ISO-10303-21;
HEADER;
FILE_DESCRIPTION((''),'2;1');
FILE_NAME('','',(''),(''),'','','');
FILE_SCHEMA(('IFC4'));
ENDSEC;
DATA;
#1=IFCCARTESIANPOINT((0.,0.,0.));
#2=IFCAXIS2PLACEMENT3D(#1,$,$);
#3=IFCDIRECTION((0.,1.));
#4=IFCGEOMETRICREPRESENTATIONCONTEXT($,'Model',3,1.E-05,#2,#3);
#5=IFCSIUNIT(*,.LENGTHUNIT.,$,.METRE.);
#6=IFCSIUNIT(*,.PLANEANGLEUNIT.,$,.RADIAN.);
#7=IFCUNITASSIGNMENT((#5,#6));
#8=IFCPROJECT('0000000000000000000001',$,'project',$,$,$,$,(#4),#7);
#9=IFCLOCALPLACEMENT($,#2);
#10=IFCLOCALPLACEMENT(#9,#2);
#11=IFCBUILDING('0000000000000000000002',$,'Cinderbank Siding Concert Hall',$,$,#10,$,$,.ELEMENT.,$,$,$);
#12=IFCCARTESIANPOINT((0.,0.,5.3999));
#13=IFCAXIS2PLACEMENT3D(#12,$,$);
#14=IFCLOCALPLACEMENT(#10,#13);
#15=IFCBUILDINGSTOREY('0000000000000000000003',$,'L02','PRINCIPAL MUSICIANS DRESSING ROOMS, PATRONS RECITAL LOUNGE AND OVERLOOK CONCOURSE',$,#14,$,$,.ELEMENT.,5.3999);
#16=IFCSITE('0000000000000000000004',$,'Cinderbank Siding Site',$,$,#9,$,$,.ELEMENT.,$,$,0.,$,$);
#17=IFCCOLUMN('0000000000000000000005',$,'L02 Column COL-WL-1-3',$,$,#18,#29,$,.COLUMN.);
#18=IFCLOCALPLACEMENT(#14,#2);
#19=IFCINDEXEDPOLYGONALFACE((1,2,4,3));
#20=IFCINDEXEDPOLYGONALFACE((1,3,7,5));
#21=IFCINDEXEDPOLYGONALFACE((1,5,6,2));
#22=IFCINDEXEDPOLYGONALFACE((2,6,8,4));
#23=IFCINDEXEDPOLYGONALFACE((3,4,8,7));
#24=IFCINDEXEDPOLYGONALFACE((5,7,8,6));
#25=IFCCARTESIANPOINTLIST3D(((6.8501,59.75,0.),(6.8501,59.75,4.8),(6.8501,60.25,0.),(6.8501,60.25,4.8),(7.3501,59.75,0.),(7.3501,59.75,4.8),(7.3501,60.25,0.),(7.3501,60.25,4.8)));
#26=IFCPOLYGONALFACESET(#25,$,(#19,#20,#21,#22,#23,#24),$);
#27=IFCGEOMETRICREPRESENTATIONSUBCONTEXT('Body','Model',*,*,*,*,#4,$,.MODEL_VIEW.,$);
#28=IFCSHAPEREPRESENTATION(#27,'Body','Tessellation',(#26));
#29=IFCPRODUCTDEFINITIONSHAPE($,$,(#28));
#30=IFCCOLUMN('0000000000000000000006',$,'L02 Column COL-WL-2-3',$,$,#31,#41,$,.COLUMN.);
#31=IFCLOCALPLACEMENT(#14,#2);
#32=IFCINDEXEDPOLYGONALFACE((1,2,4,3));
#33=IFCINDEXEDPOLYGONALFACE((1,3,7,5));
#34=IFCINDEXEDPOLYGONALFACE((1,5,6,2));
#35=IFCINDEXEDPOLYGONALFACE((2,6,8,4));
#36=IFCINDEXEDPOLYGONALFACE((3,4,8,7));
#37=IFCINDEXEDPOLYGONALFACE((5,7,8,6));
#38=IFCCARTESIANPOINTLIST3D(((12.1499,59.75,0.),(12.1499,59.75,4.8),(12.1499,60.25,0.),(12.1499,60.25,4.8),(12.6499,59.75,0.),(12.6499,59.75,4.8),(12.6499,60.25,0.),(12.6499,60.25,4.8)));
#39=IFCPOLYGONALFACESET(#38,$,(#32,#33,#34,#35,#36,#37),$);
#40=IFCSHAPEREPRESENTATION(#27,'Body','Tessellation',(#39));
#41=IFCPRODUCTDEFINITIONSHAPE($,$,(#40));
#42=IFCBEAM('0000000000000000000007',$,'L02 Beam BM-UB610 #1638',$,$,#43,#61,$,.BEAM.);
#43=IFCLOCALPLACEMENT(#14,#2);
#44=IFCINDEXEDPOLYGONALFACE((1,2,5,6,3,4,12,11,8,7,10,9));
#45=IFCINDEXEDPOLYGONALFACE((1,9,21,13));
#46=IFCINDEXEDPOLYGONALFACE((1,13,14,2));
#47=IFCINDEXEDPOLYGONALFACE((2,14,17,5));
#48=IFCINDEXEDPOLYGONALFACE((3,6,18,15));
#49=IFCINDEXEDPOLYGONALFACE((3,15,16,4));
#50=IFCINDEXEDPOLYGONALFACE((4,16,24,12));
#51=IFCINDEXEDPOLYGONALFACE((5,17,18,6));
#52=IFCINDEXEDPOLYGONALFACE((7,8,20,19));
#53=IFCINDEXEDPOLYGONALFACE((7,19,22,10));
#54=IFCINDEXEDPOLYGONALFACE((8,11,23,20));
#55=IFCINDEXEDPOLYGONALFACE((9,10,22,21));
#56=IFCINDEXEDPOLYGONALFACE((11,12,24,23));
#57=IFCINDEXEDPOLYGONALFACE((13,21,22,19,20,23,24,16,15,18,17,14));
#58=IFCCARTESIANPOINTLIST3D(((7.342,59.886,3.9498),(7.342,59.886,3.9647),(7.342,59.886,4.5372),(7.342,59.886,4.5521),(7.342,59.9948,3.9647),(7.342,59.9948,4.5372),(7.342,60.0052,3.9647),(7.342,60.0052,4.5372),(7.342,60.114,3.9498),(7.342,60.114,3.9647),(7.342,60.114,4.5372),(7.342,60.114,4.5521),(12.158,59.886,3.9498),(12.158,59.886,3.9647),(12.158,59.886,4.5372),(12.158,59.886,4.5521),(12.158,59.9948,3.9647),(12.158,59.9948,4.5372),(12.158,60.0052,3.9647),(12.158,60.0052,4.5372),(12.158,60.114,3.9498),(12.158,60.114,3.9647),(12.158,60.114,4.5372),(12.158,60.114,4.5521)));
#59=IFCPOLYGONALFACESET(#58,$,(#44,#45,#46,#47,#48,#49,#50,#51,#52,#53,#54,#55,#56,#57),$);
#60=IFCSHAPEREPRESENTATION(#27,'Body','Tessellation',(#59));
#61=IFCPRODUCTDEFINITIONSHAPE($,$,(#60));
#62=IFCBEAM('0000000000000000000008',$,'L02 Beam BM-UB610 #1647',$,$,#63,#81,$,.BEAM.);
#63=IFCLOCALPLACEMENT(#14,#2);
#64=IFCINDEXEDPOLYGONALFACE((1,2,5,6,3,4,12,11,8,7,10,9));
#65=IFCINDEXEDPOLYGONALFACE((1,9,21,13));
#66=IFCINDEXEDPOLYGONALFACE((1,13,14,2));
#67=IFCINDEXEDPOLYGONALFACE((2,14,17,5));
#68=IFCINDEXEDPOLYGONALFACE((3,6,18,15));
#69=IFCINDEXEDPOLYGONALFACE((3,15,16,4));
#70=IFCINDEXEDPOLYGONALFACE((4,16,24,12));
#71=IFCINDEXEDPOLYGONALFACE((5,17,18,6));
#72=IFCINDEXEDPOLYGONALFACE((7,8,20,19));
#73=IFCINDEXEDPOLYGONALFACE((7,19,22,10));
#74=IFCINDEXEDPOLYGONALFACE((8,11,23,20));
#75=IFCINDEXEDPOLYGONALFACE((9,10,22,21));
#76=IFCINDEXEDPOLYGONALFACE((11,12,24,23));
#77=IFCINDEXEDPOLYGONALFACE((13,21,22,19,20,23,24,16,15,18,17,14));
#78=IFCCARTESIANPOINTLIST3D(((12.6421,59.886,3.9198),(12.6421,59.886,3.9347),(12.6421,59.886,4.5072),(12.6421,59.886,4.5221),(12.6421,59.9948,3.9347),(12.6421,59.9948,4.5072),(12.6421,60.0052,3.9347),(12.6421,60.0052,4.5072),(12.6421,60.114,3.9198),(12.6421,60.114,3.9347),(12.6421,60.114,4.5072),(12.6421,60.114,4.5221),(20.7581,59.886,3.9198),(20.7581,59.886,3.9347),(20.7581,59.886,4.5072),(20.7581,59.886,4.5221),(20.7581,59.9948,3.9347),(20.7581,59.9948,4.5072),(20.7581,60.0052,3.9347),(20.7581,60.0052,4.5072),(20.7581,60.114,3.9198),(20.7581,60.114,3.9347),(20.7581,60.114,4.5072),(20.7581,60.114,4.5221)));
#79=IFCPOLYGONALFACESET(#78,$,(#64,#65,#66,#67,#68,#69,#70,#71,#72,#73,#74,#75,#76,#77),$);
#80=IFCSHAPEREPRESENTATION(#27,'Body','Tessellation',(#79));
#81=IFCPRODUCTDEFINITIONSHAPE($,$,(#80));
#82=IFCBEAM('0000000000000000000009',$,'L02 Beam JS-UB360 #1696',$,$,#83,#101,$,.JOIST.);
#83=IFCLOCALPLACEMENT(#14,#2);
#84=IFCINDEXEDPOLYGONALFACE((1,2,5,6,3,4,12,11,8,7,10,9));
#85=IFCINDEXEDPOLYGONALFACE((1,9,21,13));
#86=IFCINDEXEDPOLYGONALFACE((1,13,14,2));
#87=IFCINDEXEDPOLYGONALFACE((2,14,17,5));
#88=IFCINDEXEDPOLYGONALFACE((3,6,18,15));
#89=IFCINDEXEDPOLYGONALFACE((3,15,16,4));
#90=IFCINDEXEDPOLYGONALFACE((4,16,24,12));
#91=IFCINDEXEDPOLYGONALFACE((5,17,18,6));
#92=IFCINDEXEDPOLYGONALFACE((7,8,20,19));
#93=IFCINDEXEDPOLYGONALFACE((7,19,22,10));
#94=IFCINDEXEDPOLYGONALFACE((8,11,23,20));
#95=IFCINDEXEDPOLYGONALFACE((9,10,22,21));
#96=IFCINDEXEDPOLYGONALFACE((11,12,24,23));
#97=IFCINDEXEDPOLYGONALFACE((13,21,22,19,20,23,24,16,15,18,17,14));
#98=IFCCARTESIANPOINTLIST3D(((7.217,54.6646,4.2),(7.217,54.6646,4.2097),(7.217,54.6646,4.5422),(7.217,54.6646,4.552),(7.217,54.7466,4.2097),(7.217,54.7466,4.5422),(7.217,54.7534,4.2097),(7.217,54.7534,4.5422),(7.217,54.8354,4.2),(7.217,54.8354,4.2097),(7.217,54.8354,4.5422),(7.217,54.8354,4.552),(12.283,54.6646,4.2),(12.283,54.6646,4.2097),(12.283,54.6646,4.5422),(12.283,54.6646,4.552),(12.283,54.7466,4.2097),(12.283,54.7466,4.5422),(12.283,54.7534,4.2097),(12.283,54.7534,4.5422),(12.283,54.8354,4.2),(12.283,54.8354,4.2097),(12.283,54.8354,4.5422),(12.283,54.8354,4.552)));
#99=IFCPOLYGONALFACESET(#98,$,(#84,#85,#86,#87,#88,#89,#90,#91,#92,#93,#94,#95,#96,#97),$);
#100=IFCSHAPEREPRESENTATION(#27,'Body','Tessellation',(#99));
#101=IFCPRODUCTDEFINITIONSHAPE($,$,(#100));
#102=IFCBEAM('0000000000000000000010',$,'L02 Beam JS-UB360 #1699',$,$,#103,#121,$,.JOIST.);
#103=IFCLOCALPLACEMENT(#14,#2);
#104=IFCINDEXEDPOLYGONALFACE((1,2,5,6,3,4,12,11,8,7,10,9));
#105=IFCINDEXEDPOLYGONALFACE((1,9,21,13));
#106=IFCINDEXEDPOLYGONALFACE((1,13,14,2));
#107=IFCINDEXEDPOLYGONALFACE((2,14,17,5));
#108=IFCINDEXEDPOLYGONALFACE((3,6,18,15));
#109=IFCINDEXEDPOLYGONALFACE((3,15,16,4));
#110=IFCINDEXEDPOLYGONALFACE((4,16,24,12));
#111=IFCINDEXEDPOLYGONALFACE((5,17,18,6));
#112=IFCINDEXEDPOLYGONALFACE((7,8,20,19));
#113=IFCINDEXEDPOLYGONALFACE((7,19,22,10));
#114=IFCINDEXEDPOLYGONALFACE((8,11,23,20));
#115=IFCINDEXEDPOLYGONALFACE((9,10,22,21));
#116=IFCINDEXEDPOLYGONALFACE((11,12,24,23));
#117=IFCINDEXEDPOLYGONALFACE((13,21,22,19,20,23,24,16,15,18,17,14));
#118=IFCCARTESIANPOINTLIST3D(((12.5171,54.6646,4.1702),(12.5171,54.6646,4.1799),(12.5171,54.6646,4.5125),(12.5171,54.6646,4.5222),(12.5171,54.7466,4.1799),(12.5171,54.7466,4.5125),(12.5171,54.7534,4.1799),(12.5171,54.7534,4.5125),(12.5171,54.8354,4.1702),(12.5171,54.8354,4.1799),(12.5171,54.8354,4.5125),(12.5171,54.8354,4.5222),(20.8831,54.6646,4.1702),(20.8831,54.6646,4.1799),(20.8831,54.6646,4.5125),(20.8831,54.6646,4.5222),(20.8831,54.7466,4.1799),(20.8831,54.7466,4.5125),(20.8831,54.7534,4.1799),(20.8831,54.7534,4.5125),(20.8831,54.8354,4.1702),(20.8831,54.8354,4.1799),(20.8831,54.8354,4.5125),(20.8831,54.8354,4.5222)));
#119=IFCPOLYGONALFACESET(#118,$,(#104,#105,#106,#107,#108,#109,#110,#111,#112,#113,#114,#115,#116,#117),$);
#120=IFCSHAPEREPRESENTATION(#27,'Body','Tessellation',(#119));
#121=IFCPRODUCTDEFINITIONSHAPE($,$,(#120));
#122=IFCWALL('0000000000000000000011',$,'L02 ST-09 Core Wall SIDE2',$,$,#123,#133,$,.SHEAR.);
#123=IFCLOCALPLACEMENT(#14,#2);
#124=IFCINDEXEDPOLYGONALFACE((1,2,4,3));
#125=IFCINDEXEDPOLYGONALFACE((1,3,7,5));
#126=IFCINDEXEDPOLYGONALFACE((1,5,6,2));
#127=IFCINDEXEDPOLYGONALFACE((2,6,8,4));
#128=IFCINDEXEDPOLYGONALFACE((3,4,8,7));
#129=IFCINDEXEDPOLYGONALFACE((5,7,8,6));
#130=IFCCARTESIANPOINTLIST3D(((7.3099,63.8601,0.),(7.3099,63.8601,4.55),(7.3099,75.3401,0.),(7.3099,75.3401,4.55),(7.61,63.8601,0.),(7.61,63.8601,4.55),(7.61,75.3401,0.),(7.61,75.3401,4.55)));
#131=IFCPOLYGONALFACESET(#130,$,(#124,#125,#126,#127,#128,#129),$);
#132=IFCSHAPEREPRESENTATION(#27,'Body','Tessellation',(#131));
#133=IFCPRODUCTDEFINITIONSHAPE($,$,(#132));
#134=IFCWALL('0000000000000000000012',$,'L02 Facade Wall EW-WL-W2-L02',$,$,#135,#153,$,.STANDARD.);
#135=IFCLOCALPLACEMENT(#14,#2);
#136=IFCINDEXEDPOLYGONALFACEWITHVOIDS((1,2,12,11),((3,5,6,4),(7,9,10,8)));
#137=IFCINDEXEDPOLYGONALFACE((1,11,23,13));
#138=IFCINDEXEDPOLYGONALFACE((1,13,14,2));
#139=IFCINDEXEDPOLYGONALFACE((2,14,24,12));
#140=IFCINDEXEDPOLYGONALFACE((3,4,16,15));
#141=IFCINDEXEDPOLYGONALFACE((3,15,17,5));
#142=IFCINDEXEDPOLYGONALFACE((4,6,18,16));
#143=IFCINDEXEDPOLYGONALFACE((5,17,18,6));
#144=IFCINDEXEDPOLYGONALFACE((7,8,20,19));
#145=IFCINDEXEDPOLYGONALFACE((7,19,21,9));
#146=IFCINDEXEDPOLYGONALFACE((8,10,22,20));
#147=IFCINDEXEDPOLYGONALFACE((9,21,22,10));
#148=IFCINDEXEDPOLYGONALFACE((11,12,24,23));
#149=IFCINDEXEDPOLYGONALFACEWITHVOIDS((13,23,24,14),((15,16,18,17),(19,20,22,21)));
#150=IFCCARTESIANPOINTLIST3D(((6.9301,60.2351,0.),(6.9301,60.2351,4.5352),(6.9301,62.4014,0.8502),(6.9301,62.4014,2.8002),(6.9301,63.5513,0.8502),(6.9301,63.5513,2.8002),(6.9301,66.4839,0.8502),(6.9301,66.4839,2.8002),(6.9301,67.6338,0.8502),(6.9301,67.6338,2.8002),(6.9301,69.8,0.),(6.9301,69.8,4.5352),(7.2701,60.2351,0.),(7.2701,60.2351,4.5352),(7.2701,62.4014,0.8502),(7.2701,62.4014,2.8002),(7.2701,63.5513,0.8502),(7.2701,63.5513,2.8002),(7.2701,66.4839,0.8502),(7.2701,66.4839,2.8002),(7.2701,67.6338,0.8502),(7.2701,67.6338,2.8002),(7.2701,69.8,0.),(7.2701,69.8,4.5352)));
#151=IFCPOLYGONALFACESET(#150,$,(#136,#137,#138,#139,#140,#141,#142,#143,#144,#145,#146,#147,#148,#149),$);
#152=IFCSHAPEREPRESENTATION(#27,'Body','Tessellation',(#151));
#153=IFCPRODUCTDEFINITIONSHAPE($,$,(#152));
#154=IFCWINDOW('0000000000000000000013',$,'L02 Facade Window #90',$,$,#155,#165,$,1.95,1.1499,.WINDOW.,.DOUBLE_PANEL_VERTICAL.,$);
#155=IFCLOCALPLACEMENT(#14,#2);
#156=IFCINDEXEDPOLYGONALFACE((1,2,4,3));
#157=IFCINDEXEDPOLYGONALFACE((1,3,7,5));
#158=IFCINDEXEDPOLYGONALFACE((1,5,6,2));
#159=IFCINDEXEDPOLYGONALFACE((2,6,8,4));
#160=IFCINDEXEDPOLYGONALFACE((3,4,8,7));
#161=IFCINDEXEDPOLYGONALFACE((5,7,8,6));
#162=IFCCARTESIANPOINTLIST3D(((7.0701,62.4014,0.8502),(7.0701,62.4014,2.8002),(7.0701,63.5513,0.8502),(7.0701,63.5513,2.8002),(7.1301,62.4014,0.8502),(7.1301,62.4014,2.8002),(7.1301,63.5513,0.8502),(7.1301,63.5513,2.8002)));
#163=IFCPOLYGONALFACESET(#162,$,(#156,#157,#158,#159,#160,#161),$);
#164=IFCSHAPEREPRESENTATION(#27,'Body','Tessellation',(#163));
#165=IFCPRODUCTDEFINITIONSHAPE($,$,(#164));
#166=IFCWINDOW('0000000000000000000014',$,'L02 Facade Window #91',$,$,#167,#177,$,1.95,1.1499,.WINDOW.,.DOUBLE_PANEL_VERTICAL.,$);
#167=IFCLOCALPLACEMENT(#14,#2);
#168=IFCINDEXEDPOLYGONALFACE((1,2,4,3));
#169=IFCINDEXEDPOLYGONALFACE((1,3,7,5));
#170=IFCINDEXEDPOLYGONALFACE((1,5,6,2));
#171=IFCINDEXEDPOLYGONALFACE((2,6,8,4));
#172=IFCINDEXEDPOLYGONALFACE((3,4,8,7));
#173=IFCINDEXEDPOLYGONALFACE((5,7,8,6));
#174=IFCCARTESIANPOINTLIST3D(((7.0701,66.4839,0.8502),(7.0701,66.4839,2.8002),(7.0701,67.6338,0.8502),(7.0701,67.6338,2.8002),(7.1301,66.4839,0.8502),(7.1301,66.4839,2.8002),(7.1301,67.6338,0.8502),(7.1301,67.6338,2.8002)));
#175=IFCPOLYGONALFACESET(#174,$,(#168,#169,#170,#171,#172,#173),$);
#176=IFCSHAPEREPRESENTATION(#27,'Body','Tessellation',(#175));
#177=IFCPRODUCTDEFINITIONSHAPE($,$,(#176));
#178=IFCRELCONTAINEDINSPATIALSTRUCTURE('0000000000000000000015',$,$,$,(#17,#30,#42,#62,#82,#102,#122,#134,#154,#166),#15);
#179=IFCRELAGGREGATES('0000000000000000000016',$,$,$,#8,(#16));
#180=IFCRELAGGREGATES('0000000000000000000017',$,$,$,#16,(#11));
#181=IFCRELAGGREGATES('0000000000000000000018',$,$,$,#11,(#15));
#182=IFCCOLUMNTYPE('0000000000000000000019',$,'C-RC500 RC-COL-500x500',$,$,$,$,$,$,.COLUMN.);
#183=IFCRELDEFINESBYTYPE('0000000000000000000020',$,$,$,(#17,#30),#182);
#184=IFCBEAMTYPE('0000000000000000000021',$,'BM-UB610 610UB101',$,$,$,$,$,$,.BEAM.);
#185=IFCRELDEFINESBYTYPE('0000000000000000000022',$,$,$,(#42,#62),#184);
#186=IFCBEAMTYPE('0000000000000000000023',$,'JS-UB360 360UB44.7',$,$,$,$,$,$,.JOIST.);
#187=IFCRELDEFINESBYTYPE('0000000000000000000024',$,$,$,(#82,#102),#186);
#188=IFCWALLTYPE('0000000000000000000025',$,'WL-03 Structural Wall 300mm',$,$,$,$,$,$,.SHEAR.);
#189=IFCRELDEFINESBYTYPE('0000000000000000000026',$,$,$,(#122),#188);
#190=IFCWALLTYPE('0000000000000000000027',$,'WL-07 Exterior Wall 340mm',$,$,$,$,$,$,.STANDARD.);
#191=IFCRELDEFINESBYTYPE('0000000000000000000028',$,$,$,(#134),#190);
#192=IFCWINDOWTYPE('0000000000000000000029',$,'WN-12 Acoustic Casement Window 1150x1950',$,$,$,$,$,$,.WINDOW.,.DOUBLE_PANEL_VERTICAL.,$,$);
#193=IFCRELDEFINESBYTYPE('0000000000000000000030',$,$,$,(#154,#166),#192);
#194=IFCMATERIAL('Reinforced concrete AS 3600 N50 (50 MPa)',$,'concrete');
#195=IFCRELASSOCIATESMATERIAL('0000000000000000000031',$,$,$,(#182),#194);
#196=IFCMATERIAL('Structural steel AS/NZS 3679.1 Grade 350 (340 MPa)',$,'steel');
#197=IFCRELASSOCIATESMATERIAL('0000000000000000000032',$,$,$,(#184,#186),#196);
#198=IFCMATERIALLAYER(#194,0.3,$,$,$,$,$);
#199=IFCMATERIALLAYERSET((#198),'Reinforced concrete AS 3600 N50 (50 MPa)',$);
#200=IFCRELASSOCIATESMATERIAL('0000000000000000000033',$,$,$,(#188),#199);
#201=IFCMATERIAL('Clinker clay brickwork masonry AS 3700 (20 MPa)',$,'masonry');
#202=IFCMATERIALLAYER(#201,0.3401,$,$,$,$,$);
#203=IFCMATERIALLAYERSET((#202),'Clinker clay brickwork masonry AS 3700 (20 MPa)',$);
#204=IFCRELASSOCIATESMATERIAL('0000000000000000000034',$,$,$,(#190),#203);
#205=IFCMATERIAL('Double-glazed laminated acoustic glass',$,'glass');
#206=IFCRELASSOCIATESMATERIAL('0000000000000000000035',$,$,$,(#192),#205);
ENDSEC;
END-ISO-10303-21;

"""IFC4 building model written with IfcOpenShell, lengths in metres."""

from ifc_helpers import new_model, si_unit, direction, frame, frame_2d, origin, origin_2d, place, context, subcontext, project, spatial, rectangle, i_section, extrude, material, layer, layer_set, material_profile, profile_set, type_object, element, fill, save


model = new_model("IFC4")

# Units and contexts
model_context = context("Model", 3, precision=1e-05, world=origin(), true_north=direction((0.0, 1.0)))
body_context = subcontext(model_context, "Body", "Model", "MODEL_VIEW")
ifc_project = project(units=[si_unit("LENGTHUNIT", "METRE"), si_unit("PLANEANGLEUNIT", "RADIAN")], contexts=[model_context])

# Site, building, storey
site_placement = place(None, origin())
site = spatial("IfcSite", under=ifc_project, at=site_placement, Name="Cinderbank Siding Site", CompositionType="ELEMENT", RefElevation=0.0)
building_placement = place(site_placement, origin())
building = spatial("IfcBuilding", under=site, at=building_placement, Name="Cinderbank Siding Concert Hall", CompositionType="ELEMENT")
storey_placement = place(building_placement, frame((0.0, 0.0, 5.3999)))
storey = spatial("IfcBuildingStorey", under=building, at=storey_placement, Name="L02", Description="PRINCIPAL MUSICIANS DRESSING ROOMS, PATRONS RECITAL LOUNGE AND OVERLOOK CONCOURSE", CompositionType="ELEMENT", Elevation=5.3999)

# Columns
ifc_material_1 = material(Name="Reinforced concrete AS 3600 N50 (50 MPa)", Category="concrete")
ifc_material_profile_1 = material_profile(ifc_material_1, rectangle(XDim=0.5, YDim=0.5, at=origin_2d()), Name="RC-COL-500x500", Category="LoadBearing")
ifc_profile_set_1 = profile_set([ifc_material_profile_1], Name="Reinforced concrete AS 3600 N50 (50 MPa)")
column_type = type_object("IfcColumnType", Name="C-RC500 RC-COL-500x500", PredefinedType="COLUMN", material=ifc_profile_set_1)
for number, where, z_axis, x_axis, name in (
    (1, (7.1001, 60.0, 0.0), (0.0, 0.0, 1.0), (1.0, 0.0, 0.0), "L02 Column COL-WL-1-3"),
    (2, (12.3999, 60.0, 0.0), (0.0, 0.0, 1.0), (1.0, 0.0, 0.0), "L02 Column COL-WL-2-3"),
):
    element("IfcColumn", number, at=place(storey_placement, frame(where, z_axis=z_axis, x_axis=x_axis)), inside=storey, type_object=column_type, Name=name, PredefinedType="COLUMN", context=body_context, shape_type="SweptSolid", body=[
        extrude(rectangle(XDim=0.5, YDim=0.5, at=origin_2d()), origin(), (0.0, 0.0, 1.0), 4.8),
    ])

# Beams
ifc_material_2 = material(Name="Structural steel AS/NZS 3679.1 Grade 350 (340 MPa)", Category="steel")
ifc_material_profile_2 = material_profile(ifc_material_2, i_section(OverallWidth=0.228, OverallDepth=0.6023, WebThickness=0.0105, FlangeThickness=0.0149, at=origin_2d()), Name="610UB101", Category="LoadBearing")
ifc_profile_set_2 = profile_set([ifc_material_profile_2], Name="Structural steel AS/NZS 3679.1 Grade 350 (340 MPa)")
beam_type_1 = type_object("IfcBeamType", Name="BM-UB610 610UB101", PredefinedType="BEAM", material=ifc_profile_set_2)
beam_1_placement = place(storey_placement, frame((7.342, 60.0, 4.251), z_axis=(1.0, 0.0, 0.0), x_axis=(0.0, 1.0, 0.0)))
element("IfcBeam", 3, at=beam_1_placement, inside=storey, type_object=beam_type_1, Name="L02 Beam BM-UB610 #1638", PredefinedType="BEAM", context=body_context, shape_type="SweptSolid", body=[
    extrude(i_section(OverallWidth=0.228, OverallDepth=0.6023, WebThickness=0.0105, FlangeThickness=0.0149, at=origin_2d()), origin(), (0.0, 0.0, 1.0), 4.8159),
])
beam_2_placement = place(storey_placement, frame((12.6421, 60.0, 4.2209), z_axis=(1.0, 0.0, 0.0), x_axis=(0.0, 1.0, 0.0)))
element("IfcBeam", 4, at=beam_2_placement, inside=storey, type_object=beam_type_1, Name="L02 Beam BM-UB610 #1647", PredefinedType="BEAM", context=body_context, shape_type="SweptSolid", body=[
    extrude(i_section(OverallWidth=0.228, OverallDepth=0.6023, WebThickness=0.0105, FlangeThickness=0.0149, at=origin_2d()), origin(), (0.0, 0.0, 1.0), 8.116),
])
ifc_material_profile_3 = material_profile(ifc_material_2, i_section(OverallWidth=0.1709, OverallDepth=0.3521, WebThickness=0.0068, FlangeThickness=0.0098, at=origin_2d()), Name="360UB44.7", Category="LoadBearing")
ifc_profile_set_3 = profile_set([ifc_material_profile_3], Name="Structural steel AS/NZS 3679.1 Grade 350 (340 MPa)")
beam_type_2 = type_object("IfcBeamType", Name="JS-UB360 360UB44.7", PredefinedType="JOIST", material=ifc_profile_set_3)
beam_3_placement = place(storey_placement, frame((7.217, 54.75, 4.376), z_axis=(1.0, 0.0, 0.0), x_axis=(0.0, 1.0, 0.0)))
element("IfcBeam", 5, at=beam_3_placement, inside=storey, type_object=beam_type_2, Name="L02 Beam JS-UB360 #1696", PredefinedType="JOIST", context=body_context, shape_type="SweptSolid", body=[
    extrude(i_section(OverallWidth=0.1709, OverallDepth=0.3521, WebThickness=0.0068, FlangeThickness=0.0098, at=origin_2d()), origin(), (0.0, 0.0, 1.0), 5.0659),
])
beam_4_placement = place(storey_placement, frame((12.5171, 54.75, 4.3462), z_axis=(1.0, 0.0, 0.0), x_axis=(0.0, 1.0, 0.0)))
element("IfcBeam", 6, at=beam_4_placement, inside=storey, type_object=beam_type_2, Name="L02 Beam JS-UB360 #1699", PredefinedType="JOIST", context=body_context, shape_type="SweptSolid", body=[
    extrude(i_section(OverallWidth=0.1709, OverallDepth=0.3521, WebThickness=0.0068, FlangeThickness=0.0098, at=origin_2d()), origin(), (0.0, 0.0, 1.0), 8.366),
])

# Wall
ifc_layer_1 = layer(ifc_material_1, 0.3)
ifc_layer_set_1 = layer_set([ifc_layer_1], Name="Reinforced concrete AS 3600 N50 (50 MPa)")
wall_type_1 = type_object("IfcWallType", Name="WL-03 Structural Wall 300mm", PredefinedType="SHEAR", material=ifc_layer_set_1)
wall_1_placement = place(storey_placement, frame((7.46, 63.8601, 0.0), z_axis=(0.0, 0.0, 1.0), x_axis=(0.0, 1.0, 0.0)))
element("IfcWall", 7, at=wall_1_placement, inside=storey, type_object=wall_type_1, Name="L02 ST-09 Core Wall SIDE2", PredefinedType="SHEAR", context=body_context, shape_type="SweptSolid", body=[
    extrude(rectangle(XDim=11.48, YDim=0.3, at=frame_2d((5.74, 0.0))), origin(), (0.0, 0.0, 1.0), 4.55),
])

# Wall, openings, windows
ifc_material_3 = material(Name="Clinker clay brickwork masonry AS 3700 (20 MPa)", Category="masonry")
ifc_layer_2 = layer(ifc_material_3, 0.3401)
ifc_layer_set_2 = layer_set([ifc_layer_2], Name="Clinker clay brickwork masonry AS 3700 (20 MPa)")
wall_type_2 = type_object("IfcWallType", Name="WL-07 Exterior Wall 340mm", PredefinedType="STANDARD", material=ifc_layer_set_2)
wall_2_placement = place(storey_placement, frame((7.1001, 60.2351, 0.0), z_axis=(0.0, 0.0, 1.0), x_axis=(0.0, 1.0, 0.0)))
wall_2 = element("IfcWall", 8, at=wall_2_placement, inside=storey, type_object=wall_type_2, Name="L02 Facade Wall EW-WL-W2-L02", PredefinedType="STANDARD", context=body_context, shape_type="SweptSolid", body=[
    extrude(rectangle(XDim=9.5649, YDim=0.3401, at=frame_2d((4.7825, 0.0))), origin(), (0.0, 0.0, 1.0), 4.5352),
])
opening_1_placement = place(wall_2_placement, frame((2.1663, 0.0, 0.8501)))
opening_1 = element("IfcOpeningElement", 9, at=opening_1_placement, cuts=wall_2, PredefinedType="OPENING", context=body_context, shape_type="SweptSolid", body=[
    extrude(rectangle(XDim=1.1499, YDim=1.95, at=frame_2d((0.575, 0.9751))), frame((0.0, 0.1821, 0.0), z_axis=(0.0, -1.0, 0.0), x_axis=(1.0, 0.0, 0.0)), (0.0, 0.0, 1.0), 0.364),
])
opening_2_placement = place(wall_2_placement, frame((6.2488, 0.0, 0.8501)))
opening_2 = element("IfcOpeningElement", 10, at=opening_2_placement, cuts=wall_2, PredefinedType="OPENING", context=body_context, shape_type="SweptSolid", body=[
    extrude(rectangle(XDim=1.1499, YDim=1.95, at=frame_2d((0.575, 0.9751))), frame((0.0, 0.1821, 0.0), z_axis=(0.0, -1.0, 0.0), x_axis=(1.0, 0.0, 0.0)), (0.0, 0.0, 1.0), 0.364),
])
ifc_material_4 = material(Name="Double-glazed laminated acoustic glass", Category="glass")
window_type_1 = type_object("IfcWindowType", Name="WN-12 Acoustic Casement Window 1150x1950", PartitioningType="DOUBLE_PANEL_VERTICAL", PredefinedType="WINDOW", material=ifc_material_4)
window_1_placement = place(opening_1_placement, origin())
window_1 = element("IfcWindow", 11, at=window_1_placement, inside=storey, type_object=window_type_1, Name="L02 Facade Window #90", OverallHeight=1.95, OverallWidth=1.1499, PartitioningType="DOUBLE_PANEL_VERTICAL", PredefinedType="WINDOW", context=body_context, shape_type="SweptSolid", body=[
    extrude(rectangle(XDim=1.1499, YDim=1.95, at=frame_2d((0.575, 0.9751))), frame((0.0, 0.03, 0.0), z_axis=(0.0, -1.0, 0.0), x_axis=(1.0, 0.0, 0.0)), (0.0, 0.0, 1.0), 0.0601),
])
fill(opening_1, window_1)
window_2_placement = place(opening_2_placement, origin())
window_2 = element("IfcWindow", 12, at=window_2_placement, inside=storey, type_object=window_type_1, Name="L02 Facade Window #91", OverallHeight=1.95, OverallWidth=1.1499, PartitioningType="DOUBLE_PANEL_VERTICAL", PredefinedType="WINDOW", context=body_context, shape_type="SweptSolid", body=[
    extrude(rectangle(XDim=1.1499, YDim=1.95, at=frame_2d((0.575, 0.9751))), frame((0.0, 0.03, 0.0), z_axis=(0.0, -1.0, 0.0), x_axis=(1.0, 0.0, 0.0)), (0.0, 0.0, 1.0), 0.0601),
])
fill(opening_2, window_2)

save(model, "model.ifc")
